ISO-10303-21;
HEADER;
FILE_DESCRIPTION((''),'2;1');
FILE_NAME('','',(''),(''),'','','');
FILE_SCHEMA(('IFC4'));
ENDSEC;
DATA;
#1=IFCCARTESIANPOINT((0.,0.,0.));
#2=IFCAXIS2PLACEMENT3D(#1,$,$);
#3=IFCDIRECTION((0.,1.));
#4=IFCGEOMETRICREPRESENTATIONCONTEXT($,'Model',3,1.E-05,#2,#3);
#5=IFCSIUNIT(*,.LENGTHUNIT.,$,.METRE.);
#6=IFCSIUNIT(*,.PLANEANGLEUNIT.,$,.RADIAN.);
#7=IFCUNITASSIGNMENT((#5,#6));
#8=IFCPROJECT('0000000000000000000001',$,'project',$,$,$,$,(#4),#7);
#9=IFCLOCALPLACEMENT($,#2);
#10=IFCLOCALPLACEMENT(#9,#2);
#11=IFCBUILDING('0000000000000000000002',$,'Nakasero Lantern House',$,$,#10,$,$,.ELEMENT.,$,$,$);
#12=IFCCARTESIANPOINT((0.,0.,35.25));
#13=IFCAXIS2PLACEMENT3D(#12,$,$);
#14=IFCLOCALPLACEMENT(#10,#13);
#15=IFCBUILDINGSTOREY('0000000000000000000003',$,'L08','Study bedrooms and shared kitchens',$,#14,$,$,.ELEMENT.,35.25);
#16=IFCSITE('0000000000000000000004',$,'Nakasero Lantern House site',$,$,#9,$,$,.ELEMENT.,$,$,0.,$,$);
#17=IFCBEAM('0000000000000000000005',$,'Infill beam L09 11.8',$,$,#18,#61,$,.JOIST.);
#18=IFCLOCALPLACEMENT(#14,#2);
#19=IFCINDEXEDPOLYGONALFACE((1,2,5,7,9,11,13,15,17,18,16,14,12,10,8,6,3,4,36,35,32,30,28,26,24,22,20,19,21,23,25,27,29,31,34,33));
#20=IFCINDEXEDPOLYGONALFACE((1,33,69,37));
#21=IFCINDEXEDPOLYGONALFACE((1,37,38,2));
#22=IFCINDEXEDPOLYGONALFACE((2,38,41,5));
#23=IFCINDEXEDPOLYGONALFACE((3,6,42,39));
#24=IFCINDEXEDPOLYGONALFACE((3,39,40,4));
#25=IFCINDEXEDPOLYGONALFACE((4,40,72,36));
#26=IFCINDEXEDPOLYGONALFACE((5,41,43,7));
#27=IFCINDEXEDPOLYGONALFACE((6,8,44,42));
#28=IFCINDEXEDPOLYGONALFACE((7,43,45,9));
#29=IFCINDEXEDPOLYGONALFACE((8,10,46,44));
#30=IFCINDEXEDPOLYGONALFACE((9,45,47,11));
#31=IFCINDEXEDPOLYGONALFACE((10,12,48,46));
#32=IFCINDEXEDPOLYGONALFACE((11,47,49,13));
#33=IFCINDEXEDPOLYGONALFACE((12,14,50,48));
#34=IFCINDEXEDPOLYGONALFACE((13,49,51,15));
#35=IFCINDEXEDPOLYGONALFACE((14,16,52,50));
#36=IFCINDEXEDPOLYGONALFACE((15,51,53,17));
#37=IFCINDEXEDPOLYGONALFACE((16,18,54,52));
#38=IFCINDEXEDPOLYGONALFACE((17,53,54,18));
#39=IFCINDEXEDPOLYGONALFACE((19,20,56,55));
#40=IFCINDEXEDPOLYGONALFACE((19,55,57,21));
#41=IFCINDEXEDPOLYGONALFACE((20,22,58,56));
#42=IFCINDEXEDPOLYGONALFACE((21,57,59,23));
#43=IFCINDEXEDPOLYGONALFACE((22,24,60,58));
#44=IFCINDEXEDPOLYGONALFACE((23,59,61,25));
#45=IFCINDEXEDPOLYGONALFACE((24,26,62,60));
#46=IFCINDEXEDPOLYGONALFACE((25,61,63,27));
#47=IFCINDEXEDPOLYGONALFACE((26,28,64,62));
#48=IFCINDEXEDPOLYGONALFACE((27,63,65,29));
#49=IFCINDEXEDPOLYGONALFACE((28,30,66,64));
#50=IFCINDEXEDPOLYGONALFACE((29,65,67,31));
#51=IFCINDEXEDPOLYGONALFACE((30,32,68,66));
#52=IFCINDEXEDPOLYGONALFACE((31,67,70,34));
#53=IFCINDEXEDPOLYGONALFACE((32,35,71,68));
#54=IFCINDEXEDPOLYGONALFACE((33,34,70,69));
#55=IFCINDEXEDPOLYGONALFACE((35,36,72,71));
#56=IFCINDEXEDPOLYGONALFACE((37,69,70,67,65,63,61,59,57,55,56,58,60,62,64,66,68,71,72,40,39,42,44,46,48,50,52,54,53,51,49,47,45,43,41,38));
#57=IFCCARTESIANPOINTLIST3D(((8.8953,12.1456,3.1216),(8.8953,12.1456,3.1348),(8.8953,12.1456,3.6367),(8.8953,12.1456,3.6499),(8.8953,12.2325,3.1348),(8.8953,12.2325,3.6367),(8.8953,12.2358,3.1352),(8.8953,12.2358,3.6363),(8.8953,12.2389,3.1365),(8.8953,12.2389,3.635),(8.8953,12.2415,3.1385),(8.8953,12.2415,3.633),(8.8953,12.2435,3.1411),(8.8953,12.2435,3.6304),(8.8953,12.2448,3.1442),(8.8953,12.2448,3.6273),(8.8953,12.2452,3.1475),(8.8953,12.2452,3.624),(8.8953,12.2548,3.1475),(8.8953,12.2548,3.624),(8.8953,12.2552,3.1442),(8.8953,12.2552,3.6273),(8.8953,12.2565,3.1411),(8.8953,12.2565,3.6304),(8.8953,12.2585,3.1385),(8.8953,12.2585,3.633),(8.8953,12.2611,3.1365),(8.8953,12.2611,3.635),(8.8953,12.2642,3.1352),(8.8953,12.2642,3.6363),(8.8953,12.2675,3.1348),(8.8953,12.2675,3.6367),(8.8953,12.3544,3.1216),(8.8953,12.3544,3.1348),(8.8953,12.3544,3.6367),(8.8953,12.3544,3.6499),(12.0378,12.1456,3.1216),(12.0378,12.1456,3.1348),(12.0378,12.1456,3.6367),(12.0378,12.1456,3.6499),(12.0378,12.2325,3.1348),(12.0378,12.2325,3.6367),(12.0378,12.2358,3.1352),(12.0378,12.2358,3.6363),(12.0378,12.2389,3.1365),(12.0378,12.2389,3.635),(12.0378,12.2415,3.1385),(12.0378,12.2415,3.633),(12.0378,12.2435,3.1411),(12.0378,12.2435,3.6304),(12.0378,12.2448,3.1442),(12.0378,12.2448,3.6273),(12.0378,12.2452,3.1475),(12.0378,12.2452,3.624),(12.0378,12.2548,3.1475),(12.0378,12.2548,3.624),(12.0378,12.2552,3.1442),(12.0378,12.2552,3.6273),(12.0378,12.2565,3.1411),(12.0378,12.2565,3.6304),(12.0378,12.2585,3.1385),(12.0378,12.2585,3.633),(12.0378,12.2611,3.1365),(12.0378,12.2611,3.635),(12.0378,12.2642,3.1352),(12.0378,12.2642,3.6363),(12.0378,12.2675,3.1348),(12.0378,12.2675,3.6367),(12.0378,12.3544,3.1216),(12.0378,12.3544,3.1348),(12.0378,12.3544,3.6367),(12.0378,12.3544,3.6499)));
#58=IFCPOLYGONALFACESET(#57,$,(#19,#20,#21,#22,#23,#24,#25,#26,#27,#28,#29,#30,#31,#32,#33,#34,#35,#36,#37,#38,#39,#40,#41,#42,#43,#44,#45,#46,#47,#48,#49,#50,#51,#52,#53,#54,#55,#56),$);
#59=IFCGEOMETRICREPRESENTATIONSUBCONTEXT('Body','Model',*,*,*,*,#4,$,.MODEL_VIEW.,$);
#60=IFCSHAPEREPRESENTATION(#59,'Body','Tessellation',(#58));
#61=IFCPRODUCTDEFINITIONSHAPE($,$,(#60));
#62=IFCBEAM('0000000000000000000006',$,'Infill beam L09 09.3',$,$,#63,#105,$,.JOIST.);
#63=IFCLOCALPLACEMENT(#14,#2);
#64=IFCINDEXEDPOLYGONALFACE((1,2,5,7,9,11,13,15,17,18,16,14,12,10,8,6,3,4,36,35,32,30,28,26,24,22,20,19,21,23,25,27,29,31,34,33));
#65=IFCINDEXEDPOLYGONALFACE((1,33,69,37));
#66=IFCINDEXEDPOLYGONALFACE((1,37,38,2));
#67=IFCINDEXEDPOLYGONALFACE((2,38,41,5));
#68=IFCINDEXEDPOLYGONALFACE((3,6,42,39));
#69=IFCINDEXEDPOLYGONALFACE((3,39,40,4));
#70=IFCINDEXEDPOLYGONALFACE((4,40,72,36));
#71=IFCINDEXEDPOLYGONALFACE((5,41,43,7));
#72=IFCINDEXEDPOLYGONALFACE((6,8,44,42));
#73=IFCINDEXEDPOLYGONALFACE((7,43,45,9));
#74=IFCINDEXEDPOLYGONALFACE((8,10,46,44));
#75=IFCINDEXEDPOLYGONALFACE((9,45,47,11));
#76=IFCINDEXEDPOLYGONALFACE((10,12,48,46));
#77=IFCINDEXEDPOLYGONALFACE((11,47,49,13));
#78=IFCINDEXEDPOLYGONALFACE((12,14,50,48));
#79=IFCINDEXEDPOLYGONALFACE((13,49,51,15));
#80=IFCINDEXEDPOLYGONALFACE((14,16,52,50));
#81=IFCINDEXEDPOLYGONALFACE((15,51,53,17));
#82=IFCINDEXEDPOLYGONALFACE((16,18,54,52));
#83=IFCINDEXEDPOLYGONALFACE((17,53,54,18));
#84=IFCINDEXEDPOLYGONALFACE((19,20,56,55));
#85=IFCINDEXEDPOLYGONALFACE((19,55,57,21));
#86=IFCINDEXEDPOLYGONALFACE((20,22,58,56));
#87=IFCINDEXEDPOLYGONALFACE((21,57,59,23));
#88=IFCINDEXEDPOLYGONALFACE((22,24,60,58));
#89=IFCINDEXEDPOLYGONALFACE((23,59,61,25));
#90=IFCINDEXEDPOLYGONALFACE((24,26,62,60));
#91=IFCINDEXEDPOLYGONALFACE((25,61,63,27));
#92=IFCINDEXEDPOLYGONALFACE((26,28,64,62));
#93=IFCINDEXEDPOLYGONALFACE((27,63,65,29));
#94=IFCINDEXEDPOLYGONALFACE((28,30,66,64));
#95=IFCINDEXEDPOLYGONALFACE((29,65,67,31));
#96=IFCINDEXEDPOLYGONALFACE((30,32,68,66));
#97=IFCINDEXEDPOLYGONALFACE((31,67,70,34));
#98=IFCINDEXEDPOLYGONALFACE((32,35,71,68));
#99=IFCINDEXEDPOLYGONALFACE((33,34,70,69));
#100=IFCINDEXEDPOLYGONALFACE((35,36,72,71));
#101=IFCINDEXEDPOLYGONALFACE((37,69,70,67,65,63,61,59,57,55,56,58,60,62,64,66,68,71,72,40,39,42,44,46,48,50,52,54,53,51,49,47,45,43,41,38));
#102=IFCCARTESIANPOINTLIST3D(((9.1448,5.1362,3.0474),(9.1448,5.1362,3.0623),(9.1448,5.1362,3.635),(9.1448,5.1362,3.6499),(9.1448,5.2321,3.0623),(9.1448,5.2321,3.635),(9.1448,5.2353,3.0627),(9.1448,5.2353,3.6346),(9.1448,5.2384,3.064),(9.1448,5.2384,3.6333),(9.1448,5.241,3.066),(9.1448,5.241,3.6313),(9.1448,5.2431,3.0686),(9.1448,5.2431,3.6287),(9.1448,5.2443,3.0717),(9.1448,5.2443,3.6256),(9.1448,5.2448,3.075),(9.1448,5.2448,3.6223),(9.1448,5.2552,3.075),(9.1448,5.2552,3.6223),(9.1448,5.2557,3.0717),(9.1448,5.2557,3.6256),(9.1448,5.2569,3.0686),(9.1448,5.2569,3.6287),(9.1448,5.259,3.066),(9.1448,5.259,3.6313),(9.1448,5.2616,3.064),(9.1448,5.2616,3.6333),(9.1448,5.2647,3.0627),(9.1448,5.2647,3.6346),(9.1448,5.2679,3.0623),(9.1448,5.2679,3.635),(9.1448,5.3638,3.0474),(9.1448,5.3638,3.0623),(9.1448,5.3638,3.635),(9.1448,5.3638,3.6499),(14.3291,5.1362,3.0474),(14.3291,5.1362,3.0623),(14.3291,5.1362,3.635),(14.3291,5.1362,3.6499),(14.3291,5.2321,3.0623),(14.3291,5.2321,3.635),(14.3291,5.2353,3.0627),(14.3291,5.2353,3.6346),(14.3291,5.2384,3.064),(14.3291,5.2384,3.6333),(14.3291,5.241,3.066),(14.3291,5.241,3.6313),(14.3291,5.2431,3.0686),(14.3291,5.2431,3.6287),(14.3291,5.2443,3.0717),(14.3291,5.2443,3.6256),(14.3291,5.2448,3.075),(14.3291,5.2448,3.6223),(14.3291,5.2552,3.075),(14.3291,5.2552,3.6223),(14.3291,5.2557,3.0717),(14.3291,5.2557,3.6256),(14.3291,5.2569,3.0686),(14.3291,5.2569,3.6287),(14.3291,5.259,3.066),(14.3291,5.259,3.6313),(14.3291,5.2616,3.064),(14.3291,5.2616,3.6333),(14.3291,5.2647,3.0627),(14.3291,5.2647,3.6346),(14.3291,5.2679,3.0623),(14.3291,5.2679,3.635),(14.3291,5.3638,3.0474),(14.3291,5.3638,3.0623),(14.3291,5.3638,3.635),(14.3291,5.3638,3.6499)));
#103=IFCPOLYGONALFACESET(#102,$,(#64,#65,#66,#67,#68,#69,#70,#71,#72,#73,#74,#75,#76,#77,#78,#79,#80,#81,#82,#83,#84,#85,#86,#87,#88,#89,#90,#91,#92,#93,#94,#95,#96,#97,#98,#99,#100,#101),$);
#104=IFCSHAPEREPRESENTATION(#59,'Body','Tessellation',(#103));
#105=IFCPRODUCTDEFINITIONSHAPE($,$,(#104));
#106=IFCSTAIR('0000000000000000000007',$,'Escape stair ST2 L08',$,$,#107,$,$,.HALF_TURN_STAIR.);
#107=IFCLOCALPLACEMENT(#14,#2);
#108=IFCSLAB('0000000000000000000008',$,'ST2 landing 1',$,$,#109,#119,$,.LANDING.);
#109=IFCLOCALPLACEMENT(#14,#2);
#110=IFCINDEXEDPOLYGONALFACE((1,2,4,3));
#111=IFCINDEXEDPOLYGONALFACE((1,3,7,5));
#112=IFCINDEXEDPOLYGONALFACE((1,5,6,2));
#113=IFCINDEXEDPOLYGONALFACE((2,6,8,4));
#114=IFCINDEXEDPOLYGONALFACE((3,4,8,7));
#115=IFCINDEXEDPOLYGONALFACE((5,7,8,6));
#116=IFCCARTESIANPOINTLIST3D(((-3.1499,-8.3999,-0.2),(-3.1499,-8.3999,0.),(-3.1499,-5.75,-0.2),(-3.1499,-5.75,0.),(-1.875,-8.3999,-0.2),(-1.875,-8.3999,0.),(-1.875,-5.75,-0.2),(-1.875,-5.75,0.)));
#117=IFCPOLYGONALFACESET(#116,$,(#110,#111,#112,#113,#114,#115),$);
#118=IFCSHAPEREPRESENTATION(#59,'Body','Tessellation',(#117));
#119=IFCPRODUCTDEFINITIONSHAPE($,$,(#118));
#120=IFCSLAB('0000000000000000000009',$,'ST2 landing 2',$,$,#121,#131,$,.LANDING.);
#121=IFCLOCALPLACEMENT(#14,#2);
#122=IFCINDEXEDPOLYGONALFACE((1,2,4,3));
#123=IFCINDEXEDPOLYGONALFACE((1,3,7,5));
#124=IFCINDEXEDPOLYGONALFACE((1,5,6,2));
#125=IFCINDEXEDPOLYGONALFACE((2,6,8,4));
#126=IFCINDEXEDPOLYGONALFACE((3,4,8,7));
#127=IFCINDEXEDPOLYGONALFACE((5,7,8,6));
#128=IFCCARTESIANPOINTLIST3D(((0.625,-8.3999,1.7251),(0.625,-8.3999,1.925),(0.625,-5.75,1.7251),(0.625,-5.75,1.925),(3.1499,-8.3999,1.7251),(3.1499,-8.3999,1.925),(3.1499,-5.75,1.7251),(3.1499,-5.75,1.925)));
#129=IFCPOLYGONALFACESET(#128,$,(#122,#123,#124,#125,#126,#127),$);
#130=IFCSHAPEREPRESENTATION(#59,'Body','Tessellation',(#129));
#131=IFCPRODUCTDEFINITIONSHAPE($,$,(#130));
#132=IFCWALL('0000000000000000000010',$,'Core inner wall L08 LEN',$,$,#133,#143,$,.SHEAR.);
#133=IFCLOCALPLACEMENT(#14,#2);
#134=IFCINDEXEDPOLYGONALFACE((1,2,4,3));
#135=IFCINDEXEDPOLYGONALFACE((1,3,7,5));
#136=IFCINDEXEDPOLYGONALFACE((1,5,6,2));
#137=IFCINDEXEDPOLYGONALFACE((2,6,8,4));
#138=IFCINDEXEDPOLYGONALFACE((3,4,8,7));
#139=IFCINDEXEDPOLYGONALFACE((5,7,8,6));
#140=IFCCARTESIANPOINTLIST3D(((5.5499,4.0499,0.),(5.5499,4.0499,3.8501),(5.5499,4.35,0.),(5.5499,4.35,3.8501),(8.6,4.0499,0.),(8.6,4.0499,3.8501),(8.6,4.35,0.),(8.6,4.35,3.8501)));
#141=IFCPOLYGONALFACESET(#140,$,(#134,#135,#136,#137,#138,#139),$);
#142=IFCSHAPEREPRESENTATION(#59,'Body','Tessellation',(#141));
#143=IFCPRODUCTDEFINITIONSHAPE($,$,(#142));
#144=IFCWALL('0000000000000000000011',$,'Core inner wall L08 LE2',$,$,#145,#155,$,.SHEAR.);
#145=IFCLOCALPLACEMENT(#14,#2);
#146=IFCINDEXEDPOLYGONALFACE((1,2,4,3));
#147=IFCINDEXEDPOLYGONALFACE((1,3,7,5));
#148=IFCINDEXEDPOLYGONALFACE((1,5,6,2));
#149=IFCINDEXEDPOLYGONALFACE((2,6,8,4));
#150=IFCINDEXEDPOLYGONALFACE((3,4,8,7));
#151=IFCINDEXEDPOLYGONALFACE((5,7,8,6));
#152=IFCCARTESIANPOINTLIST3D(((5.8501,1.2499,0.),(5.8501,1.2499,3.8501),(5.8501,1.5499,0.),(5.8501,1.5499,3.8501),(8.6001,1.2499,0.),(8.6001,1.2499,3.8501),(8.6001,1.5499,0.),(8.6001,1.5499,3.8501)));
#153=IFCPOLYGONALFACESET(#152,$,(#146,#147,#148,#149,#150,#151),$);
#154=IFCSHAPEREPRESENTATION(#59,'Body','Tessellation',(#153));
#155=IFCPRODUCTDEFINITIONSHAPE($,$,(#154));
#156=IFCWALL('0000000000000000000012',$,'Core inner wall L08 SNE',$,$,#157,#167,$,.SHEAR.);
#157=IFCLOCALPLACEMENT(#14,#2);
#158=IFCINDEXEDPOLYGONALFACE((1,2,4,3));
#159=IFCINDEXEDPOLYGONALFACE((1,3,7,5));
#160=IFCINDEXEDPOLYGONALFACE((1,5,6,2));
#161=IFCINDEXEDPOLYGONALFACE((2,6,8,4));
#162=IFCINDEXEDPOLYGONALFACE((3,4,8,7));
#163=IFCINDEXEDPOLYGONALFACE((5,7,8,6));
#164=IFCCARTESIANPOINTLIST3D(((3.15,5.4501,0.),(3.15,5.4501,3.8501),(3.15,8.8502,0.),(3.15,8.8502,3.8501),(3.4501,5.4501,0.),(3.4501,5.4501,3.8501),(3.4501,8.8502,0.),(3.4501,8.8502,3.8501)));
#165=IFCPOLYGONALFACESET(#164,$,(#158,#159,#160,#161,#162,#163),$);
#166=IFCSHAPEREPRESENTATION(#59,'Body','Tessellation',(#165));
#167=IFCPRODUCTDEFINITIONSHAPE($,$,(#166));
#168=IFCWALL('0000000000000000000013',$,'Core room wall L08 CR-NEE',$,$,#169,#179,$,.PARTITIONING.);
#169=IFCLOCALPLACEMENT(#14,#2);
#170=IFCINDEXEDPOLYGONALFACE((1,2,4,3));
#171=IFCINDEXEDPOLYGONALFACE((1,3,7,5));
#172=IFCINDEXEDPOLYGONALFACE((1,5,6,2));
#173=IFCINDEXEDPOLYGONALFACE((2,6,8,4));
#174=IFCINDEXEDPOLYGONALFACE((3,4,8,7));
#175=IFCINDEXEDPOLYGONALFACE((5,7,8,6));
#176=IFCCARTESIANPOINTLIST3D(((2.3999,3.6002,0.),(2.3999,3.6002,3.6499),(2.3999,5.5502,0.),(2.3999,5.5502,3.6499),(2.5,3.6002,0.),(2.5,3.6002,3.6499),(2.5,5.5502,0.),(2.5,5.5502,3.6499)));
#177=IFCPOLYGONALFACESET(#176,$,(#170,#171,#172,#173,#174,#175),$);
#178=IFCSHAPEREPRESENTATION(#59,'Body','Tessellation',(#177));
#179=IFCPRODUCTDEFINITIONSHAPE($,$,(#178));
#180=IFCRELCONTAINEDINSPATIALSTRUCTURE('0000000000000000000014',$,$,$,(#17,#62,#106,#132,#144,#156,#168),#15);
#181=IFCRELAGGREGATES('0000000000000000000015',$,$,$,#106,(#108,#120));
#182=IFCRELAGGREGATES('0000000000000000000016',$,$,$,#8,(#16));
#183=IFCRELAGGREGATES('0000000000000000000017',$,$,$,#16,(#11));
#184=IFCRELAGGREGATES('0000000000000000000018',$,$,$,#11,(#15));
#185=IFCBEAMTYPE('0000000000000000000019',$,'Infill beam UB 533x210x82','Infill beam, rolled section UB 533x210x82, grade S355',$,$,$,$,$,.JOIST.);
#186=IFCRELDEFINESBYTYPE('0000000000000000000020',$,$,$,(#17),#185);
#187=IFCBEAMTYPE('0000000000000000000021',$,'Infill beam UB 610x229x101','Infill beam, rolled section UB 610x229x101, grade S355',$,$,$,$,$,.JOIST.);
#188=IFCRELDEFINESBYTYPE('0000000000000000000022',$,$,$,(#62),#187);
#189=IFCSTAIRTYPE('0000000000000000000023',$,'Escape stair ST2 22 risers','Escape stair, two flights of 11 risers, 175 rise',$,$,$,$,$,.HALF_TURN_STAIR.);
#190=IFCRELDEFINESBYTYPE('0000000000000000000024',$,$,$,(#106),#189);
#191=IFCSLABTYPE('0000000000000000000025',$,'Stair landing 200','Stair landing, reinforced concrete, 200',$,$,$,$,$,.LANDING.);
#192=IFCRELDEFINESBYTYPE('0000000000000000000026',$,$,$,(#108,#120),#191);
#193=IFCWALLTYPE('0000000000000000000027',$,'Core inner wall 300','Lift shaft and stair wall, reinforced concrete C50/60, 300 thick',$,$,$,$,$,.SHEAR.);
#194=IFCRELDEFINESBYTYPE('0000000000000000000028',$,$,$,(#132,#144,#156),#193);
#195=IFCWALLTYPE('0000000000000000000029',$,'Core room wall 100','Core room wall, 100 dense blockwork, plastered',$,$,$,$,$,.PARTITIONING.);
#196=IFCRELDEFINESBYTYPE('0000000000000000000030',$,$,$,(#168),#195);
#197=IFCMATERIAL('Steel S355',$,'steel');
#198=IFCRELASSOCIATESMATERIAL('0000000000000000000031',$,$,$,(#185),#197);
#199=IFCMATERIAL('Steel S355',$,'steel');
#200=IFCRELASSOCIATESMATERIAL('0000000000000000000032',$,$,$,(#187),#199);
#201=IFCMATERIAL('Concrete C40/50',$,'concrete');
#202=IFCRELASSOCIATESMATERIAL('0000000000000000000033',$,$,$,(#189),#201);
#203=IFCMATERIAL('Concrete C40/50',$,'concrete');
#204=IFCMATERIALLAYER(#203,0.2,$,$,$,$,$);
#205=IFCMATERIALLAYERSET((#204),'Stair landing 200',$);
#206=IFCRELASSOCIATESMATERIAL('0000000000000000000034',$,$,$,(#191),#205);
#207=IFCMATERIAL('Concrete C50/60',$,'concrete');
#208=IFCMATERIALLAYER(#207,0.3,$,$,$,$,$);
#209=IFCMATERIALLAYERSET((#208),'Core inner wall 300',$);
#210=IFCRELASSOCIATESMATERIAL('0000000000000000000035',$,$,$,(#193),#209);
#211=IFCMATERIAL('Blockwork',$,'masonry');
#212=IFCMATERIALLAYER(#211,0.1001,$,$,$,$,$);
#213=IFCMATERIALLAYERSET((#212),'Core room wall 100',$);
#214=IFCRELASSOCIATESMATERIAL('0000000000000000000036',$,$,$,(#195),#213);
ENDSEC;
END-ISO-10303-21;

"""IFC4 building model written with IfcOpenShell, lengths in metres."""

from ifc_helpers import new_model, si_unit, direction, frame, frame_2d, origin, origin_2d, place, context, subcontext, project, spatial, polyline, rectangle, i_section, outline, extrude, material, layer, layer_set, material_profile, profile_set, type_object, element, aggregate, save


model = new_model("IFC4")

# Units and contexts
model_context = context("Model", 3, precision=1e-05, world=origin(), true_north=direction((0.0, 1.0)))
body_context = subcontext(model_context, "Body", "Model", "MODEL_VIEW")
ifc_project = project(units=[si_unit("LENGTHUNIT", "METRE"), si_unit("PLANEANGLEUNIT", "RADIAN")], contexts=[model_context])

# Site, building, storey
site_placement = place(None, origin())
site = spatial("IfcSite", under=ifc_project, at=site_placement, Name="Nakasero Lantern House site", CompositionType="ELEMENT", RefElevation=0.0)
building_placement = place(site_placement, origin())
building = spatial("IfcBuilding", under=site, at=building_placement, Name="Nakasero Lantern House", CompositionType="ELEMENT")
storey_placement = place(building_placement, frame((0.0, 0.0, 35.25)))
storey = spatial("IfcBuildingStorey", under=building, at=storey_placement, Name="L08", Description="Study bedrooms and shared kitchens", CompositionType="ELEMENT", Elevation=35.25)

# Beams
ifc_material_1 = material(Name="Steel S355", Category="steel")
ifc_material_profile_1 = material_profile(ifc_material_1, i_section(OverallWidth=0.2087, OverallDepth=0.5283, WebThickness=0.0095, FlangeThickness=0.0132, FilletRadius=0.0127, at=origin_2d()), Name="UB 533x210x82")
ifc_profile_set_1 = profile_set([ifc_material_profile_1], Name="Steel S355")
beam_type_1 = type_object("IfcBeamType", Name="Infill beam UB 533x210x82", Description="Infill beam, rolled section UB 533x210x82, grade S355", PredefinedType="JOIST", material=ifc_profile_set_1)
beam_1_placement = place(storey_placement, frame((8.8953, 12.25, 3.3857), z_axis=(1.0, 0.0, 0.0), x_axis=(0.0, 1.0, 0.0)))
element("IfcBeam", 1, at=beam_1_placement, inside=storey, type_object=beam_type_1, Name="Infill beam L09 11.8", PredefinedType="JOIST", context=body_context, shape_type="SweptSolid", body=[
    extrude(i_section(OverallWidth=0.2087, OverallDepth=0.5283, WebThickness=0.0095, FlangeThickness=0.0132, FilletRadius=0.0127, at=origin_2d()), origin(), (0.0, 0.0, 1.0), 3.1426),
])
ifc_material_2 = material(Name="Steel S355", Category="steel")
ifc_material_profile_2 = material_profile(ifc_material_2, i_section(OverallWidth=0.2275, OverallDepth=0.6025, WebThickness=0.0105, FlangeThickness=0.0149, FilletRadius=0.0127, at=origin_2d()), Name="UB 610x229x101")
ifc_profile_set_2 = profile_set([ifc_material_profile_2], Name="Steel S355")
beam_type_2 = type_object("IfcBeamType", Name="Infill beam UB 610x229x101", Description="Infill beam, rolled section UB 610x229x101, grade S355", PredefinedType="JOIST", material=ifc_profile_set_2)
beam_2_placement = place(storey_placement, frame((9.1448, 5.25, 3.3486), z_axis=(1.0, 0.0, 0.0), x_axis=(0.0, 1.0, 0.0)))
element("IfcBeam", 2, at=beam_2_placement, inside=storey, type_object=beam_type_2, Name="Infill beam L09 09.3", PredefinedType="JOIST", context=body_context, shape_type="SweptSolid", body=[
    extrude(i_section(OverallWidth=0.2275, OverallDepth=0.6025, WebThickness=0.0105, FlangeThickness=0.0149, FilletRadius=0.0127, at=origin_2d()), origin(), (0.0, 0.0, 1.0), 5.1843),
])

# Stair, slabs
ifc_material_3 = material(Name="Concrete C40/50", Category="concrete")
stair_type_1 = type_object("IfcStairType", Name="Escape stair ST2 22 risers", Description="Escape stair, two flights of 11 risers, 175 rise", PredefinedType="HALF_TURN_STAIR", material=ifc_material_3)
stair_1_placement = place(storey_placement, origin())
stair_1 = element("IfcStair", 3, at=stair_1_placement, inside=storey, type_object=stair_type_1, Name="Escape stair ST2 L08", PredefinedType="HALF_TURN_STAIR")
ifc_material_4 = material(Name="Concrete C40/50", Category="concrete")
ifc_layer_1 = layer(ifc_material_4, 0.2)
ifc_layer_set_1 = layer_set([ifc_layer_1], Name="Stair landing 200")
slab_type = type_object("IfcSlabType", Name="Stair landing 200", Description="Stair landing, reinforced concrete, 200", PredefinedType="LANDING", material=ifc_layer_set_1)
slab_1_placement = place(storey_placement, frame((0.0, 0.0, -0.2)))
slab_1 = element("IfcSlab", 4, at=slab_1_placement, type_object=slab_type, Name="ST2 landing 1", PredefinedType="LANDING", context=body_context, shape_type="SweptSolid", body=[
    extrude(outline(polyline([(-3.1499, -8.3999), (-1.875, -8.3999), (-1.875, -5.75), (-3.1499, -5.75), (-3.1499, -8.3999)])), origin(), (0.0, 0.0, 1.0), 0.2),
])
slab_2_placement = place(storey_placement, frame((0.0, 0.0, 1.7251)))
slab_2 = element("IfcSlab", 5, at=slab_2_placement, type_object=slab_type, Name="ST2 landing 2", PredefinedType="LANDING", context=body_context, shape_type="SweptSolid", body=[
    extrude(outline(polyline([(0.625, -8.3999), (3.1499, -8.3999), (3.1499, -5.75), (0.625, -5.75), (0.625, -8.3999)])), origin(), (0.0, 0.0, 1.0), 0.2),
])
aggregate(stair_1, [slab_1, slab_2])

# Walls
ifc_material_5 = material(Name="Concrete C50/60", Category="concrete")
ifc_layer_2 = layer(ifc_material_5, 0.3)
ifc_layer_set_2 = layer_set([ifc_layer_2], Name="Core inner wall 300")
wall_type_1 = type_object("IfcWallType", Name="Core inner wall 300", Description="Lift shaft and stair wall, reinforced concrete C50/60, 300 thick", PredefinedType="SHEAR", material=ifc_layer_set_2)
wall_1_placement = place(storey_placement, frame((5.55, 4.2, 0.0), z_axis=(0.0, 0.0, 1.0), x_axis=(1.0, 0.0, 0.0)))
element("IfcWall", 6, at=wall_1_placement, inside=storey, type_object=wall_type_1, Name="Core inner wall L08 LEN", PredefinedType="SHEAR", context=body_context, shape_type="SweptSolid", body=[
    extrude(rectangle(XDim=3.05, YDim=0.3, at=frame_2d((1.5249, 0.0))), origin(), (0.0, 0.0, 1.0), 3.8501),
])
wall_2_placement = place(storey_placement, frame((5.8501, 1.3999, 0.0), z_axis=(0.0, 0.0, 1.0), x_axis=(1.0, 0.0, 0.0)))
element("IfcWall", 7, at=wall_2_placement, inside=storey, type_object=wall_type_1, Name="Core inner wall L08 LE2", PredefinedType="SHEAR", context=body_context, shape_type="SweptSolid", body=[
    extrude(rectangle(XDim=2.75, YDim=0.3, at=frame_2d((1.375, 0.0))), origin(), (0.0, 0.0, 1.0), 3.8501),
])
wall_3_placement = place(storey_placement, frame((3.3, 5.45, 0.0), z_axis=(0.0, 0.0, 1.0), x_axis=(0.0, 1.0, 0.0)))
element("IfcWall", 8, at=wall_3_placement, inside=storey, type_object=wall_type_1, Name="Core inner wall L08 SNE", PredefinedType="SHEAR", context=body_context, shape_type="SweptSolid", body=[
    extrude(rectangle(XDim=3.4001, YDim=0.3, at=frame_2d((1.7002, 0.0))), origin(), (0.0, 0.0, 1.0), 3.8501),
])
ifc_material_6 = material(Name="Blockwork", Category="masonry")
ifc_layer_3 = layer(ifc_material_6, 0.1001)
ifc_layer_set_3 = layer_set([ifc_layer_3], Name="Core room wall 100")
wall_type_2 = type_object("IfcWallType", Name="Core room wall 100", Description="Core room wall, 100 dense blockwork, plastered", PredefinedType="PARTITIONING", material=ifc_layer_set_3)
wall_4_placement = place(storey_placement, frame((2.45, 3.6001, 0.0), z_axis=(0.0, 0.0, 1.0), x_axis=(0.0, 1.0, 0.0)))
element("IfcWall", 9, at=wall_4_placement, inside=storey, type_object=wall_type_2, Name="Core room wall L08 CR-NEE", PredefinedType="PARTITIONING", context=body_context, shape_type="SweptSolid", body=[
    extrude(rectangle(XDim=1.95, YDim=0.1001, at=frame_2d((0.9751, 0.0))), origin(), (0.0, 0.0, 1.0), 3.6499),
])

save(model, "model.ifc")
